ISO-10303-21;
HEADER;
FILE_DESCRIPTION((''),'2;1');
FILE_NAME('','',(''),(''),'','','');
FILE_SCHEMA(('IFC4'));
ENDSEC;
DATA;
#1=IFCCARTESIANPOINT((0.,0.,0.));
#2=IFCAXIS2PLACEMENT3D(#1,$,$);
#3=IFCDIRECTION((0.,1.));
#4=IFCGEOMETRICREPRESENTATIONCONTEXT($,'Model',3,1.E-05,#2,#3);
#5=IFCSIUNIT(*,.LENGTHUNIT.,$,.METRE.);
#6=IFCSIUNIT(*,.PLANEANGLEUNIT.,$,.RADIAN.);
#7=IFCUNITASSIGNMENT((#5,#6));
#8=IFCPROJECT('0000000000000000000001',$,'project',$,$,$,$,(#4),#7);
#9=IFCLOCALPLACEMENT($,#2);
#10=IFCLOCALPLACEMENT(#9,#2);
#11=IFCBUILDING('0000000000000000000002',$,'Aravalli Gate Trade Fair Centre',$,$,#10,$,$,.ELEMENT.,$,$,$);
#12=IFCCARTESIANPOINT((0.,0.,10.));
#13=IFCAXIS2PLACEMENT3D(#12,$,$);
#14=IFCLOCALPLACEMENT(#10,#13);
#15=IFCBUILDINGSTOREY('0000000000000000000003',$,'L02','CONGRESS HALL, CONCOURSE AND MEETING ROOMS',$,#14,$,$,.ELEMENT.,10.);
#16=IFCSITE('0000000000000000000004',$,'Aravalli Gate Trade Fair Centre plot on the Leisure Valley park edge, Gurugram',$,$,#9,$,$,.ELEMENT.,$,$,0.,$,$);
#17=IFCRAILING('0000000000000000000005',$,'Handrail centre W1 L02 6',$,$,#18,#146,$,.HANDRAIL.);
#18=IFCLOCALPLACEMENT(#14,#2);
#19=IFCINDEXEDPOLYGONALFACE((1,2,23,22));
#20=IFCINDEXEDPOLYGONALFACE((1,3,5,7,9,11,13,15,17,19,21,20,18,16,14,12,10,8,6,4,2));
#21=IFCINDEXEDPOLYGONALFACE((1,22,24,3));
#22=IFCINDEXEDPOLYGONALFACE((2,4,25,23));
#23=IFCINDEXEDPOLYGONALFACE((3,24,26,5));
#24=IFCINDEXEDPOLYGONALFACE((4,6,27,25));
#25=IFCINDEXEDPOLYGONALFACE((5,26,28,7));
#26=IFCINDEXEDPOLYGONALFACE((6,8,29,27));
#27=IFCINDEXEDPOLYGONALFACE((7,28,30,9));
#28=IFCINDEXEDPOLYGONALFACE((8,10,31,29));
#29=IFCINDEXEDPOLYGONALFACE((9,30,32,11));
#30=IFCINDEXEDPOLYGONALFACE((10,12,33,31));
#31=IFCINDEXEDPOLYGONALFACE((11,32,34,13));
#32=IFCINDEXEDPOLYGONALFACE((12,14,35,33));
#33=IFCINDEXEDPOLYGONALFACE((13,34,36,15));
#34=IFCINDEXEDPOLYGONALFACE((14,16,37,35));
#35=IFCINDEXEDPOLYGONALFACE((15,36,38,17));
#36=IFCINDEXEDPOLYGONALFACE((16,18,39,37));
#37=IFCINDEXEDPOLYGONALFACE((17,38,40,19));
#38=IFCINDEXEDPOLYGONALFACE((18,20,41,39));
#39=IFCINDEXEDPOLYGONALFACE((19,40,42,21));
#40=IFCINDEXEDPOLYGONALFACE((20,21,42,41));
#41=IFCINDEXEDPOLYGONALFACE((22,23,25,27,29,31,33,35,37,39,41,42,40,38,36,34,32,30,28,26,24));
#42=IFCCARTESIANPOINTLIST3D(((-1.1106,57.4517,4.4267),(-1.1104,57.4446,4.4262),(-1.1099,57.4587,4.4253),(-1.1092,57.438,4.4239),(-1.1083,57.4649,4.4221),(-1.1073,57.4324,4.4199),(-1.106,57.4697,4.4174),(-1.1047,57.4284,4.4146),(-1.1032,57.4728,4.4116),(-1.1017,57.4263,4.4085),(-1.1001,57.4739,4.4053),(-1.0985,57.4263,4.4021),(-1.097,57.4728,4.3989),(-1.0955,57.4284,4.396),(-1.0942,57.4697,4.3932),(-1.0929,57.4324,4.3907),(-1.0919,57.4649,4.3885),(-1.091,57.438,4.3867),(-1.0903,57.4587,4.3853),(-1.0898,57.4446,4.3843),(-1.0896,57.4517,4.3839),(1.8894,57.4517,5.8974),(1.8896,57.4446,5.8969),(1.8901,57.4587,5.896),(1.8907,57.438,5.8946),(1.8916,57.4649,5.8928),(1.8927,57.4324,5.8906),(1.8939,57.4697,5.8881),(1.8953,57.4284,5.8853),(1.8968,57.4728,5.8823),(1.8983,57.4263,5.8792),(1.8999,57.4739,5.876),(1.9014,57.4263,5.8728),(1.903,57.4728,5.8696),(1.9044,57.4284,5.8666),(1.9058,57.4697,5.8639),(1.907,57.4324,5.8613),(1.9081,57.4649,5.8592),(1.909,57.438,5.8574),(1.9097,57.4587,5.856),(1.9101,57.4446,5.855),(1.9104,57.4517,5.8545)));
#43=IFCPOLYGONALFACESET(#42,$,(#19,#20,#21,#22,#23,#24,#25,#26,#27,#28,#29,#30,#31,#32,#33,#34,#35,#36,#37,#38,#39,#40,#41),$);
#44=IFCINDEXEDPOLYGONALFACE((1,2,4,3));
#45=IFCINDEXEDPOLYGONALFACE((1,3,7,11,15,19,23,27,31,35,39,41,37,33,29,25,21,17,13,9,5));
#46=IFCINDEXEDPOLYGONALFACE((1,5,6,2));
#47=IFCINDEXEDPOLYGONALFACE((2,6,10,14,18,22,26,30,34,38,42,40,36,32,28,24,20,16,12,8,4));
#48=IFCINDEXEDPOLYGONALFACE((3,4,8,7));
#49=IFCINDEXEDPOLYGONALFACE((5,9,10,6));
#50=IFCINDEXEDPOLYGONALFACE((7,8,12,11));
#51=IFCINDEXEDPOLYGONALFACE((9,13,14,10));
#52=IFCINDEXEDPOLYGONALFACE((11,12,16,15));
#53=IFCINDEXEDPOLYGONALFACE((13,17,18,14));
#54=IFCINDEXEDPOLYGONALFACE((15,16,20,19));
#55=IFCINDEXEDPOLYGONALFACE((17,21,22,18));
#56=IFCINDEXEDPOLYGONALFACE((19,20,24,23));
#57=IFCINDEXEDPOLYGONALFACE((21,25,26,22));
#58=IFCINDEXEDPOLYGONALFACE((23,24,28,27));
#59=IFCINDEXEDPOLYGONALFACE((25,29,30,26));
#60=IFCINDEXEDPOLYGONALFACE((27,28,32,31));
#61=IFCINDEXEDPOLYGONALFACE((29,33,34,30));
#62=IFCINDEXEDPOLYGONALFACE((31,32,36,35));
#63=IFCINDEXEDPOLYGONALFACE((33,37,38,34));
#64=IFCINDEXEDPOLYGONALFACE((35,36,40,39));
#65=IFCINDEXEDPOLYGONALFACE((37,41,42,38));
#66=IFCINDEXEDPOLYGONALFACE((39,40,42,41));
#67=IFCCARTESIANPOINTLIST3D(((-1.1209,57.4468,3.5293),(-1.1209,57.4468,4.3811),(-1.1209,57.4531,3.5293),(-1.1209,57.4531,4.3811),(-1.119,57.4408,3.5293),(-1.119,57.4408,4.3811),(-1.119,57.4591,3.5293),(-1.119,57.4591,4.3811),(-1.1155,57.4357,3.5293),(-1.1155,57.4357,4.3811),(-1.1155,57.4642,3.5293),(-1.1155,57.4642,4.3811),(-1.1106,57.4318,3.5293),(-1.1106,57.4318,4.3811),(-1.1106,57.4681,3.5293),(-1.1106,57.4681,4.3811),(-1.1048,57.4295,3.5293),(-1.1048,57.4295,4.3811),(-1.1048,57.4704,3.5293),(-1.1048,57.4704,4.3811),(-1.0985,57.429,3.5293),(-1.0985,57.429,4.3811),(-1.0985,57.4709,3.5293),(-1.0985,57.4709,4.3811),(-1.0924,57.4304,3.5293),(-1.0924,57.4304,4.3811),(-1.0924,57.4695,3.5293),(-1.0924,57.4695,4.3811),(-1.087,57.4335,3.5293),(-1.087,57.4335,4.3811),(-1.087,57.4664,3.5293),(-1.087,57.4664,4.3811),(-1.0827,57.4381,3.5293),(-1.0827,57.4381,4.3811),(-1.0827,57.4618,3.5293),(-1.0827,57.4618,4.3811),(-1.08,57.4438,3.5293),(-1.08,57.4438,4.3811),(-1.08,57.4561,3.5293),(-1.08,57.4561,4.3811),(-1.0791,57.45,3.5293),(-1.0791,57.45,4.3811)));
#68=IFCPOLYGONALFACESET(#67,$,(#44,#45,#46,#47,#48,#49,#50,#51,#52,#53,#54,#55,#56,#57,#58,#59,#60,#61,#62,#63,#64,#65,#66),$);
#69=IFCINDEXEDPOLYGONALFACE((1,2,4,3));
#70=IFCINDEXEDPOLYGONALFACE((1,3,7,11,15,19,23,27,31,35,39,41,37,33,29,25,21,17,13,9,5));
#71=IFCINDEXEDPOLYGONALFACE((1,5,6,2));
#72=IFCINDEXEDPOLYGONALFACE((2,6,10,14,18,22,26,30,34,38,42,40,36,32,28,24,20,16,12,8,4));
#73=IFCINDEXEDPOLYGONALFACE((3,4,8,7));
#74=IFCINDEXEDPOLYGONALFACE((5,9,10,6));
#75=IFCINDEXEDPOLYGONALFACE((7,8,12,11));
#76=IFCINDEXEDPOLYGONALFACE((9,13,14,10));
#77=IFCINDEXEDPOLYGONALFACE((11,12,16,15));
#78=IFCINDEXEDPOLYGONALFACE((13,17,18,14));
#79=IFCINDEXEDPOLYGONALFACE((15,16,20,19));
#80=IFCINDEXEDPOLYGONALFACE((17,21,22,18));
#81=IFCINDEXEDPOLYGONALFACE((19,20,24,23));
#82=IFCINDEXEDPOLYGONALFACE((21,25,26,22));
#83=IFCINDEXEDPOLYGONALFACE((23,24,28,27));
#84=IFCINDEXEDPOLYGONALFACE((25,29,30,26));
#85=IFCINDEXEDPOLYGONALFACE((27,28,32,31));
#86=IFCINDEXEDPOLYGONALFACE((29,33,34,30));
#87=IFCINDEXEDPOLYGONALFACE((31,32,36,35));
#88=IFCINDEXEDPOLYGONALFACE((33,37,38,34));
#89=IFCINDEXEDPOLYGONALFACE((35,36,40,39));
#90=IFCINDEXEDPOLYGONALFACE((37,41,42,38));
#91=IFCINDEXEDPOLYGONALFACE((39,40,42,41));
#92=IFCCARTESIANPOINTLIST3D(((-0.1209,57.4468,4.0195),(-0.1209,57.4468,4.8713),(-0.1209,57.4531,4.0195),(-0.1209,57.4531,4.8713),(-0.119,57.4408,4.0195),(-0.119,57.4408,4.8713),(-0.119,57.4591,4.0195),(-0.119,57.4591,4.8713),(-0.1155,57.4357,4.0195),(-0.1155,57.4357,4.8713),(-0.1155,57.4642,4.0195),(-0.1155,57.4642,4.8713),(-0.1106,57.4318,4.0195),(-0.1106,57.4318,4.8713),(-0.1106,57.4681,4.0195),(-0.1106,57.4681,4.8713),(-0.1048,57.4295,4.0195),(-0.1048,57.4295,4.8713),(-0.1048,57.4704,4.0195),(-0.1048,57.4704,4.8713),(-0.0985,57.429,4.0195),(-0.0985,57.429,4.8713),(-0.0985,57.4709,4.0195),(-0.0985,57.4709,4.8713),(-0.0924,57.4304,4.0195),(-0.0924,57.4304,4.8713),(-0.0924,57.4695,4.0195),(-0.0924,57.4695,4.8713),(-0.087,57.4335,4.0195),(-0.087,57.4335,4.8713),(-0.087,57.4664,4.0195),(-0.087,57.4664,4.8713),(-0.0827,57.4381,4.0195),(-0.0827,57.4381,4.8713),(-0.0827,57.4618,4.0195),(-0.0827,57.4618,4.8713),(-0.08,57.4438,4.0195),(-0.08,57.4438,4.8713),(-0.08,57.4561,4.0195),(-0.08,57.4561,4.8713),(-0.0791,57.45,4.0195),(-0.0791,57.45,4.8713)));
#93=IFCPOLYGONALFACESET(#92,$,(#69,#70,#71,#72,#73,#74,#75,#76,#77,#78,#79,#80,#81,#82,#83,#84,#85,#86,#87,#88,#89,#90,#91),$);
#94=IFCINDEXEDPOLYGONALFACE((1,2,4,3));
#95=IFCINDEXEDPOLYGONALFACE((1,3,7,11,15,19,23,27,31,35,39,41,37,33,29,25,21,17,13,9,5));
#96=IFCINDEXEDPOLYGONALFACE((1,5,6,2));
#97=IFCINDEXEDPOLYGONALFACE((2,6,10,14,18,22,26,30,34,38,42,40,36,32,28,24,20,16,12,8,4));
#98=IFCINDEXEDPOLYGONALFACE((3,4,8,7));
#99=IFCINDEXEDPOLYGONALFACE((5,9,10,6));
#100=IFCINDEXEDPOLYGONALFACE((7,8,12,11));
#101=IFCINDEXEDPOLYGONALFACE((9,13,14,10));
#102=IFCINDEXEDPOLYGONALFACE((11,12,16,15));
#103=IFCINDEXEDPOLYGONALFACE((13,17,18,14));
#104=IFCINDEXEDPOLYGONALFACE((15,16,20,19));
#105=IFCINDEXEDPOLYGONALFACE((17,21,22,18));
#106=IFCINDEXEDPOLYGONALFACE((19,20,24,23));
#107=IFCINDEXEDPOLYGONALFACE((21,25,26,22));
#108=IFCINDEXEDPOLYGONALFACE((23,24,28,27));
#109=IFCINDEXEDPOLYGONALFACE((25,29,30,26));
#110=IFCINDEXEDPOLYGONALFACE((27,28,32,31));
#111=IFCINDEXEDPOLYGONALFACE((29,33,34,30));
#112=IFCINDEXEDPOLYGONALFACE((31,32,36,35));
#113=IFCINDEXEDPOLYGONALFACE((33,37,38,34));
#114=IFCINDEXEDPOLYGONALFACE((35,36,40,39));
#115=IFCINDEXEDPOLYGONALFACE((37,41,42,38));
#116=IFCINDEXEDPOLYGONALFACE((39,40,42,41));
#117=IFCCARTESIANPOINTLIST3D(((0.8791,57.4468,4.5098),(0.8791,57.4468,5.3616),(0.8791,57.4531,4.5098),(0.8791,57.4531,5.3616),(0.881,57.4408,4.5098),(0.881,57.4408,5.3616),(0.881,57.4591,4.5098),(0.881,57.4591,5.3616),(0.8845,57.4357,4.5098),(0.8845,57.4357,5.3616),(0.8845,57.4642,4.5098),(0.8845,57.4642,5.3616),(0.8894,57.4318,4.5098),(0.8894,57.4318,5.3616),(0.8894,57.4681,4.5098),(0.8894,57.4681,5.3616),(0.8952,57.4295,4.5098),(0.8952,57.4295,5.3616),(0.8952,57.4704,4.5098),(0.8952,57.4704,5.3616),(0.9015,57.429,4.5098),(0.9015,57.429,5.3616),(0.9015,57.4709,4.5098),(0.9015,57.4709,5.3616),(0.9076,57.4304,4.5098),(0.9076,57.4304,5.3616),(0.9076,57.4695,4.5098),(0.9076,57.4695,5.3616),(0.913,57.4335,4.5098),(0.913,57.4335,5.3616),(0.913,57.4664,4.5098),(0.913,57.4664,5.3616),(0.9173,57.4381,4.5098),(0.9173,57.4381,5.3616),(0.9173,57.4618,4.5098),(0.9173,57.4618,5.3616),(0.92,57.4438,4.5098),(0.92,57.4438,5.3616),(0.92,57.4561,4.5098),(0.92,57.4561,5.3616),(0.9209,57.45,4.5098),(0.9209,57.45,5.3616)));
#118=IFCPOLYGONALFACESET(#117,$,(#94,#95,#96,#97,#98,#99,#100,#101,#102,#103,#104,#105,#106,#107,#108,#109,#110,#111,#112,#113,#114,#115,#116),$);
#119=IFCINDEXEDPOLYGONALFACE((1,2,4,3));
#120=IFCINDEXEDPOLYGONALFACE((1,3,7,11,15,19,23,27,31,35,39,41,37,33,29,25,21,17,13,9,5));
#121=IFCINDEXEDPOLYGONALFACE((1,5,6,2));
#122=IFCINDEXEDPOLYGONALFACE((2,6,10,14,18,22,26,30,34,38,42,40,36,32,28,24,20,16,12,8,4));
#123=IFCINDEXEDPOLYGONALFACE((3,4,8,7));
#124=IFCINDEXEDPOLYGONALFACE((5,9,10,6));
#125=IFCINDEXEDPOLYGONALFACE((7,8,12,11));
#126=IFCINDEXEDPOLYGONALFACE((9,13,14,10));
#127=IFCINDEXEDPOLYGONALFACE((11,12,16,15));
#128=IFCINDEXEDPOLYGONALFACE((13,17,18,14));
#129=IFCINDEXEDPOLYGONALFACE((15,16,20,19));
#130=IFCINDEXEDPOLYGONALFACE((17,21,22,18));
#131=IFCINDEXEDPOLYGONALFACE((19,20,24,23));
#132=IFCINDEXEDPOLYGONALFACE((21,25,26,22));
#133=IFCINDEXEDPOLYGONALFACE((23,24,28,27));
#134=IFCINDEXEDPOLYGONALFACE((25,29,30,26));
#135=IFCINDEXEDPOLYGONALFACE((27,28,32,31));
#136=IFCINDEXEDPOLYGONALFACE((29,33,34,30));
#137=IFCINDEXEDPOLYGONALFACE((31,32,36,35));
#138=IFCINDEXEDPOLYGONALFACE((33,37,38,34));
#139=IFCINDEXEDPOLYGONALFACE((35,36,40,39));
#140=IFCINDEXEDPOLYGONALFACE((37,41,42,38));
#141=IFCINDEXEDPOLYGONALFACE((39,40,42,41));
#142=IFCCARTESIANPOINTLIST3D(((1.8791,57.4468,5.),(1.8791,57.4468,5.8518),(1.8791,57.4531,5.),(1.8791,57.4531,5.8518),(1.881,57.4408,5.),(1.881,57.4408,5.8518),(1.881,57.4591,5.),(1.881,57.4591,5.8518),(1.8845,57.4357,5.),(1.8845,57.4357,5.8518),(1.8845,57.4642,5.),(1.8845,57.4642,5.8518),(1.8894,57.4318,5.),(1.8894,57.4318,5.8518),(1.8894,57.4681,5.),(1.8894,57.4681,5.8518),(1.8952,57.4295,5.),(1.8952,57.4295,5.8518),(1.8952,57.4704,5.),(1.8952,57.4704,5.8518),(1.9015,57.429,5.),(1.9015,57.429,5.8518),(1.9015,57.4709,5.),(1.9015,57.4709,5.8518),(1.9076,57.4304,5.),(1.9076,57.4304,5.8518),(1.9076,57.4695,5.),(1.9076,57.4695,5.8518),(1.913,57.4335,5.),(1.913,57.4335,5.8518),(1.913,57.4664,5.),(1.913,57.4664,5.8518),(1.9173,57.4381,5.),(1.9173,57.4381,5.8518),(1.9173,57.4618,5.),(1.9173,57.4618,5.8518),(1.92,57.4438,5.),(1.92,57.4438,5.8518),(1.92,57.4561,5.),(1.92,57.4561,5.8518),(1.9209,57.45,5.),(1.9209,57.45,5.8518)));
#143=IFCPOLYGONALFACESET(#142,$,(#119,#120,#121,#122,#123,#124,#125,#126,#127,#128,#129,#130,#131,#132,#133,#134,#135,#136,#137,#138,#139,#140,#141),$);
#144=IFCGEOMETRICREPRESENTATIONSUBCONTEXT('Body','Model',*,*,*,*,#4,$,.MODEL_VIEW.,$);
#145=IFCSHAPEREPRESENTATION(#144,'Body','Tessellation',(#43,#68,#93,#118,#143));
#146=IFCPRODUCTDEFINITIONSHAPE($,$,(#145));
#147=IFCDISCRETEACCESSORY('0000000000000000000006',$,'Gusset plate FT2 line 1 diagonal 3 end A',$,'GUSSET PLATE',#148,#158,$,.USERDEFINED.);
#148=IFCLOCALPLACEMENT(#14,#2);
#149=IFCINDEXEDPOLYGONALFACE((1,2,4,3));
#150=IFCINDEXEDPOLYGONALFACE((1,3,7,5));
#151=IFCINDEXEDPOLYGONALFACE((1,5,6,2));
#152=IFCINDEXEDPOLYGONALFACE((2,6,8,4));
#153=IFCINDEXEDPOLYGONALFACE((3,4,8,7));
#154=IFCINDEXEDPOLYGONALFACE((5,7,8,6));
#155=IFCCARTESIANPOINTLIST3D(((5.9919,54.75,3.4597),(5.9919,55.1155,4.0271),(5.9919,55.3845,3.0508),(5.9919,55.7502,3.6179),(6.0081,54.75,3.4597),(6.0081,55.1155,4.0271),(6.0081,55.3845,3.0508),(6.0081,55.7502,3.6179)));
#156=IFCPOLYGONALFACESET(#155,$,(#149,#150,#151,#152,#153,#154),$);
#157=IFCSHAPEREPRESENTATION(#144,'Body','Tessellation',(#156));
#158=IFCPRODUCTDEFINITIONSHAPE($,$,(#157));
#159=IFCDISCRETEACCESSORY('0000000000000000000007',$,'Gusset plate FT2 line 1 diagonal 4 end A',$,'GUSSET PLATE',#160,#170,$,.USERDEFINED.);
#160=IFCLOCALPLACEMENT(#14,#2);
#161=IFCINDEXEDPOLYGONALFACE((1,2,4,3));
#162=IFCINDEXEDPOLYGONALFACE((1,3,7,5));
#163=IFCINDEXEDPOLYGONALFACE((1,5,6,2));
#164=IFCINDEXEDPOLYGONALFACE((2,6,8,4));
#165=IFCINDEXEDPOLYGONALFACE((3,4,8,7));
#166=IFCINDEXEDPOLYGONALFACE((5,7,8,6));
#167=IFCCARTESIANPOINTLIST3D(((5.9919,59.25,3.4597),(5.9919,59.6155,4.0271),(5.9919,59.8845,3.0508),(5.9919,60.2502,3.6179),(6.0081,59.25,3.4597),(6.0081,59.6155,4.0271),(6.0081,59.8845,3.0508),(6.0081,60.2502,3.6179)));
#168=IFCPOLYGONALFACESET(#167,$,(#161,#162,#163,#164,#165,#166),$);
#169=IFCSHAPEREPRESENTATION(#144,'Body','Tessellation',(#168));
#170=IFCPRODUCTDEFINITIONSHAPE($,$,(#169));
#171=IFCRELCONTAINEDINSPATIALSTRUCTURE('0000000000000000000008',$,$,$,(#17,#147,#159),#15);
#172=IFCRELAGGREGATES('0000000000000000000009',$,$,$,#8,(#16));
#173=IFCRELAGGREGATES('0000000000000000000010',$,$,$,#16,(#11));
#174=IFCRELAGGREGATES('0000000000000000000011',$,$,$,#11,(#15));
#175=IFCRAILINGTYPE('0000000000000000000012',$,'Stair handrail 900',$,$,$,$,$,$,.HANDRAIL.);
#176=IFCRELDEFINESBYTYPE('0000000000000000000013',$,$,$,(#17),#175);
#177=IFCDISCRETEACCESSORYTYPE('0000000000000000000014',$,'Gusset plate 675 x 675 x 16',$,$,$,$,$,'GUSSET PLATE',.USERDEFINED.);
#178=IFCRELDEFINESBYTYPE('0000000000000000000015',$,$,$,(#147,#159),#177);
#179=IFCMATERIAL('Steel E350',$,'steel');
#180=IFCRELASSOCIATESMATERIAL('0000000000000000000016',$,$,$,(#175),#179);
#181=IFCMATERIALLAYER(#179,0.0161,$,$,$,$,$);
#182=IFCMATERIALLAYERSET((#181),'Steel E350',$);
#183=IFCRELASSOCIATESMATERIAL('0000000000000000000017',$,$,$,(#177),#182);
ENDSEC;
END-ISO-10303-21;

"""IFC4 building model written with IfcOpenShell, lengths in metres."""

from ifc_helpers import new_model, si_unit, direction, frame, origin, origin_2d, place, context, subcontext, project, spatial, polyline, circle, outline, extrude, material, layer, layer_set, type_object, element, save


model = new_model("IFC4")

# Units and contexts
model_context = context("Model", 3, precision=1e-05, world=origin(), true_north=direction((0.0, 1.0)))
body_context = subcontext(model_context, "Body", "Model", "MODEL_VIEW")
ifc_project = project(units=[si_unit("LENGTHUNIT", "METRE"), si_unit("PLANEANGLEUNIT", "RADIAN")], contexts=[model_context])

# Site, building, storey
site_placement = place(None, origin())
site = spatial("IfcSite", under=ifc_project, at=site_placement, Name="Aravalli Gate Trade Fair Centre plot on the Leisure Valley park edge, Gurugram", CompositionType="ELEMENT", RefElevation=0.0)
building_placement = place(site_placement, origin())
building = spatial("IfcBuilding", under=site, at=building_placement, Name="Aravalli Gate Trade Fair Centre", CompositionType="ELEMENT")
storey_placement = place(building_placement, frame((0.0, 0.0, 10.0)))
storey = spatial("IfcBuildingStorey", under=building, at=storey_placement, Name="L02", Description="CONGRESS HALL, CONCOURSE AND MEETING ROOMS", CompositionType="ELEMENT", Elevation=10.0)

# Shared definitions
ifc_material_1 = material(Name="Steel E350", Category="steel")

# Railing
railing_type_1 = type_object("IfcRailingType", Name="Stair handrail 900", PredefinedType="HANDRAIL", material=ifc_material_1)
for number, where, name in (
    (1, (-1.1001, 57.45, 3.5293), "Handrail centre W1 L02 6"),
):
    element("IfcRailing", number, at=place(storey_placement, frame(where)), inside=storey, type_object=railing_type_1, Name=name, PredefinedType="HANDRAIL", context=body_context, shape_type="SweptSolid", body=[
        extrude(circle(Radius=0.0239, at=origin_2d()), frame((0.0, 0.0, 0.876), z_axis=(0.897907, 0.0, 0.440185), x_axis=(0.0, 1.0, 0.0)), (0.0, 0.0, 1.0), 3.3411),
        extrude(circle(Radius=0.021, at=origin_2d()), origin(), (0.0, 0.0, 1.0), 0.8518),
        extrude(circle(Radius=0.021, at=origin_2d()), frame((1.0, 0.0, 0.4902)), (0.0, 0.0, 1.0), 0.8518),
        extrude(circle(Radius=0.021, at=origin_2d()), frame((2.0, 0.0, 0.9805)), (0.0, 0.0, 1.0), 0.8518),
        extrude(circle(Radius=0.021, at=origin_2d()), frame((3.0, 0.0, 1.4707)), (0.0, 0.0, 1.0), 0.8518),
    ])

# Discrete accessories
ifc_layer_1 = layer(ifc_material_1, 0.0161)
ifc_layer_set_1 = layer_set([ifc_layer_1], Name="Steel E350")
discrete_accessory_type = type_object("IfcDiscreteAccessoryType", Name="Gusset plate 675 x 675 x 16", ElementType="GUSSET PLATE", PredefinedType="USERDEFINED", material=ifc_layer_set_1)
for number, where, z_axis, x_axis, name in (
    (2, (5.9919, 55.3845, 3.0508), (-1.0, 0.0, 0.0), (0.0, -0.840558, 0.541722), "Gusset plate FT2 line 1 diagonal 3 end A"),
    (3, (5.9919, 59.8845, 3.0508), (-1.0, 0.0, 0.0), (0.0, -0.840558, 0.541722), "Gusset plate FT2 line 1 diagonal 4 end A"),
):
    element("IfcDiscreteAccessory", number, at=place(storey_placement, frame(where, z_axis=z_axis, x_axis=x_axis)), inside=storey, type_object=discrete_accessory_type, Name=name, ObjectType="GUSSET PLATE", PredefinedType="USERDEFINED", context=body_context, shape_type="SweptSolid", body=[
        extrude(outline(polyline([(0.0, 0.0), (0.7549, 0.0), (0.755, 0.6749), (-0.0002, 0.6748), (0.0, 0.0)])), origin(), (0.0, 0.0, -1.0), 0.0161),
    ])

save(model, "model.ifc")
